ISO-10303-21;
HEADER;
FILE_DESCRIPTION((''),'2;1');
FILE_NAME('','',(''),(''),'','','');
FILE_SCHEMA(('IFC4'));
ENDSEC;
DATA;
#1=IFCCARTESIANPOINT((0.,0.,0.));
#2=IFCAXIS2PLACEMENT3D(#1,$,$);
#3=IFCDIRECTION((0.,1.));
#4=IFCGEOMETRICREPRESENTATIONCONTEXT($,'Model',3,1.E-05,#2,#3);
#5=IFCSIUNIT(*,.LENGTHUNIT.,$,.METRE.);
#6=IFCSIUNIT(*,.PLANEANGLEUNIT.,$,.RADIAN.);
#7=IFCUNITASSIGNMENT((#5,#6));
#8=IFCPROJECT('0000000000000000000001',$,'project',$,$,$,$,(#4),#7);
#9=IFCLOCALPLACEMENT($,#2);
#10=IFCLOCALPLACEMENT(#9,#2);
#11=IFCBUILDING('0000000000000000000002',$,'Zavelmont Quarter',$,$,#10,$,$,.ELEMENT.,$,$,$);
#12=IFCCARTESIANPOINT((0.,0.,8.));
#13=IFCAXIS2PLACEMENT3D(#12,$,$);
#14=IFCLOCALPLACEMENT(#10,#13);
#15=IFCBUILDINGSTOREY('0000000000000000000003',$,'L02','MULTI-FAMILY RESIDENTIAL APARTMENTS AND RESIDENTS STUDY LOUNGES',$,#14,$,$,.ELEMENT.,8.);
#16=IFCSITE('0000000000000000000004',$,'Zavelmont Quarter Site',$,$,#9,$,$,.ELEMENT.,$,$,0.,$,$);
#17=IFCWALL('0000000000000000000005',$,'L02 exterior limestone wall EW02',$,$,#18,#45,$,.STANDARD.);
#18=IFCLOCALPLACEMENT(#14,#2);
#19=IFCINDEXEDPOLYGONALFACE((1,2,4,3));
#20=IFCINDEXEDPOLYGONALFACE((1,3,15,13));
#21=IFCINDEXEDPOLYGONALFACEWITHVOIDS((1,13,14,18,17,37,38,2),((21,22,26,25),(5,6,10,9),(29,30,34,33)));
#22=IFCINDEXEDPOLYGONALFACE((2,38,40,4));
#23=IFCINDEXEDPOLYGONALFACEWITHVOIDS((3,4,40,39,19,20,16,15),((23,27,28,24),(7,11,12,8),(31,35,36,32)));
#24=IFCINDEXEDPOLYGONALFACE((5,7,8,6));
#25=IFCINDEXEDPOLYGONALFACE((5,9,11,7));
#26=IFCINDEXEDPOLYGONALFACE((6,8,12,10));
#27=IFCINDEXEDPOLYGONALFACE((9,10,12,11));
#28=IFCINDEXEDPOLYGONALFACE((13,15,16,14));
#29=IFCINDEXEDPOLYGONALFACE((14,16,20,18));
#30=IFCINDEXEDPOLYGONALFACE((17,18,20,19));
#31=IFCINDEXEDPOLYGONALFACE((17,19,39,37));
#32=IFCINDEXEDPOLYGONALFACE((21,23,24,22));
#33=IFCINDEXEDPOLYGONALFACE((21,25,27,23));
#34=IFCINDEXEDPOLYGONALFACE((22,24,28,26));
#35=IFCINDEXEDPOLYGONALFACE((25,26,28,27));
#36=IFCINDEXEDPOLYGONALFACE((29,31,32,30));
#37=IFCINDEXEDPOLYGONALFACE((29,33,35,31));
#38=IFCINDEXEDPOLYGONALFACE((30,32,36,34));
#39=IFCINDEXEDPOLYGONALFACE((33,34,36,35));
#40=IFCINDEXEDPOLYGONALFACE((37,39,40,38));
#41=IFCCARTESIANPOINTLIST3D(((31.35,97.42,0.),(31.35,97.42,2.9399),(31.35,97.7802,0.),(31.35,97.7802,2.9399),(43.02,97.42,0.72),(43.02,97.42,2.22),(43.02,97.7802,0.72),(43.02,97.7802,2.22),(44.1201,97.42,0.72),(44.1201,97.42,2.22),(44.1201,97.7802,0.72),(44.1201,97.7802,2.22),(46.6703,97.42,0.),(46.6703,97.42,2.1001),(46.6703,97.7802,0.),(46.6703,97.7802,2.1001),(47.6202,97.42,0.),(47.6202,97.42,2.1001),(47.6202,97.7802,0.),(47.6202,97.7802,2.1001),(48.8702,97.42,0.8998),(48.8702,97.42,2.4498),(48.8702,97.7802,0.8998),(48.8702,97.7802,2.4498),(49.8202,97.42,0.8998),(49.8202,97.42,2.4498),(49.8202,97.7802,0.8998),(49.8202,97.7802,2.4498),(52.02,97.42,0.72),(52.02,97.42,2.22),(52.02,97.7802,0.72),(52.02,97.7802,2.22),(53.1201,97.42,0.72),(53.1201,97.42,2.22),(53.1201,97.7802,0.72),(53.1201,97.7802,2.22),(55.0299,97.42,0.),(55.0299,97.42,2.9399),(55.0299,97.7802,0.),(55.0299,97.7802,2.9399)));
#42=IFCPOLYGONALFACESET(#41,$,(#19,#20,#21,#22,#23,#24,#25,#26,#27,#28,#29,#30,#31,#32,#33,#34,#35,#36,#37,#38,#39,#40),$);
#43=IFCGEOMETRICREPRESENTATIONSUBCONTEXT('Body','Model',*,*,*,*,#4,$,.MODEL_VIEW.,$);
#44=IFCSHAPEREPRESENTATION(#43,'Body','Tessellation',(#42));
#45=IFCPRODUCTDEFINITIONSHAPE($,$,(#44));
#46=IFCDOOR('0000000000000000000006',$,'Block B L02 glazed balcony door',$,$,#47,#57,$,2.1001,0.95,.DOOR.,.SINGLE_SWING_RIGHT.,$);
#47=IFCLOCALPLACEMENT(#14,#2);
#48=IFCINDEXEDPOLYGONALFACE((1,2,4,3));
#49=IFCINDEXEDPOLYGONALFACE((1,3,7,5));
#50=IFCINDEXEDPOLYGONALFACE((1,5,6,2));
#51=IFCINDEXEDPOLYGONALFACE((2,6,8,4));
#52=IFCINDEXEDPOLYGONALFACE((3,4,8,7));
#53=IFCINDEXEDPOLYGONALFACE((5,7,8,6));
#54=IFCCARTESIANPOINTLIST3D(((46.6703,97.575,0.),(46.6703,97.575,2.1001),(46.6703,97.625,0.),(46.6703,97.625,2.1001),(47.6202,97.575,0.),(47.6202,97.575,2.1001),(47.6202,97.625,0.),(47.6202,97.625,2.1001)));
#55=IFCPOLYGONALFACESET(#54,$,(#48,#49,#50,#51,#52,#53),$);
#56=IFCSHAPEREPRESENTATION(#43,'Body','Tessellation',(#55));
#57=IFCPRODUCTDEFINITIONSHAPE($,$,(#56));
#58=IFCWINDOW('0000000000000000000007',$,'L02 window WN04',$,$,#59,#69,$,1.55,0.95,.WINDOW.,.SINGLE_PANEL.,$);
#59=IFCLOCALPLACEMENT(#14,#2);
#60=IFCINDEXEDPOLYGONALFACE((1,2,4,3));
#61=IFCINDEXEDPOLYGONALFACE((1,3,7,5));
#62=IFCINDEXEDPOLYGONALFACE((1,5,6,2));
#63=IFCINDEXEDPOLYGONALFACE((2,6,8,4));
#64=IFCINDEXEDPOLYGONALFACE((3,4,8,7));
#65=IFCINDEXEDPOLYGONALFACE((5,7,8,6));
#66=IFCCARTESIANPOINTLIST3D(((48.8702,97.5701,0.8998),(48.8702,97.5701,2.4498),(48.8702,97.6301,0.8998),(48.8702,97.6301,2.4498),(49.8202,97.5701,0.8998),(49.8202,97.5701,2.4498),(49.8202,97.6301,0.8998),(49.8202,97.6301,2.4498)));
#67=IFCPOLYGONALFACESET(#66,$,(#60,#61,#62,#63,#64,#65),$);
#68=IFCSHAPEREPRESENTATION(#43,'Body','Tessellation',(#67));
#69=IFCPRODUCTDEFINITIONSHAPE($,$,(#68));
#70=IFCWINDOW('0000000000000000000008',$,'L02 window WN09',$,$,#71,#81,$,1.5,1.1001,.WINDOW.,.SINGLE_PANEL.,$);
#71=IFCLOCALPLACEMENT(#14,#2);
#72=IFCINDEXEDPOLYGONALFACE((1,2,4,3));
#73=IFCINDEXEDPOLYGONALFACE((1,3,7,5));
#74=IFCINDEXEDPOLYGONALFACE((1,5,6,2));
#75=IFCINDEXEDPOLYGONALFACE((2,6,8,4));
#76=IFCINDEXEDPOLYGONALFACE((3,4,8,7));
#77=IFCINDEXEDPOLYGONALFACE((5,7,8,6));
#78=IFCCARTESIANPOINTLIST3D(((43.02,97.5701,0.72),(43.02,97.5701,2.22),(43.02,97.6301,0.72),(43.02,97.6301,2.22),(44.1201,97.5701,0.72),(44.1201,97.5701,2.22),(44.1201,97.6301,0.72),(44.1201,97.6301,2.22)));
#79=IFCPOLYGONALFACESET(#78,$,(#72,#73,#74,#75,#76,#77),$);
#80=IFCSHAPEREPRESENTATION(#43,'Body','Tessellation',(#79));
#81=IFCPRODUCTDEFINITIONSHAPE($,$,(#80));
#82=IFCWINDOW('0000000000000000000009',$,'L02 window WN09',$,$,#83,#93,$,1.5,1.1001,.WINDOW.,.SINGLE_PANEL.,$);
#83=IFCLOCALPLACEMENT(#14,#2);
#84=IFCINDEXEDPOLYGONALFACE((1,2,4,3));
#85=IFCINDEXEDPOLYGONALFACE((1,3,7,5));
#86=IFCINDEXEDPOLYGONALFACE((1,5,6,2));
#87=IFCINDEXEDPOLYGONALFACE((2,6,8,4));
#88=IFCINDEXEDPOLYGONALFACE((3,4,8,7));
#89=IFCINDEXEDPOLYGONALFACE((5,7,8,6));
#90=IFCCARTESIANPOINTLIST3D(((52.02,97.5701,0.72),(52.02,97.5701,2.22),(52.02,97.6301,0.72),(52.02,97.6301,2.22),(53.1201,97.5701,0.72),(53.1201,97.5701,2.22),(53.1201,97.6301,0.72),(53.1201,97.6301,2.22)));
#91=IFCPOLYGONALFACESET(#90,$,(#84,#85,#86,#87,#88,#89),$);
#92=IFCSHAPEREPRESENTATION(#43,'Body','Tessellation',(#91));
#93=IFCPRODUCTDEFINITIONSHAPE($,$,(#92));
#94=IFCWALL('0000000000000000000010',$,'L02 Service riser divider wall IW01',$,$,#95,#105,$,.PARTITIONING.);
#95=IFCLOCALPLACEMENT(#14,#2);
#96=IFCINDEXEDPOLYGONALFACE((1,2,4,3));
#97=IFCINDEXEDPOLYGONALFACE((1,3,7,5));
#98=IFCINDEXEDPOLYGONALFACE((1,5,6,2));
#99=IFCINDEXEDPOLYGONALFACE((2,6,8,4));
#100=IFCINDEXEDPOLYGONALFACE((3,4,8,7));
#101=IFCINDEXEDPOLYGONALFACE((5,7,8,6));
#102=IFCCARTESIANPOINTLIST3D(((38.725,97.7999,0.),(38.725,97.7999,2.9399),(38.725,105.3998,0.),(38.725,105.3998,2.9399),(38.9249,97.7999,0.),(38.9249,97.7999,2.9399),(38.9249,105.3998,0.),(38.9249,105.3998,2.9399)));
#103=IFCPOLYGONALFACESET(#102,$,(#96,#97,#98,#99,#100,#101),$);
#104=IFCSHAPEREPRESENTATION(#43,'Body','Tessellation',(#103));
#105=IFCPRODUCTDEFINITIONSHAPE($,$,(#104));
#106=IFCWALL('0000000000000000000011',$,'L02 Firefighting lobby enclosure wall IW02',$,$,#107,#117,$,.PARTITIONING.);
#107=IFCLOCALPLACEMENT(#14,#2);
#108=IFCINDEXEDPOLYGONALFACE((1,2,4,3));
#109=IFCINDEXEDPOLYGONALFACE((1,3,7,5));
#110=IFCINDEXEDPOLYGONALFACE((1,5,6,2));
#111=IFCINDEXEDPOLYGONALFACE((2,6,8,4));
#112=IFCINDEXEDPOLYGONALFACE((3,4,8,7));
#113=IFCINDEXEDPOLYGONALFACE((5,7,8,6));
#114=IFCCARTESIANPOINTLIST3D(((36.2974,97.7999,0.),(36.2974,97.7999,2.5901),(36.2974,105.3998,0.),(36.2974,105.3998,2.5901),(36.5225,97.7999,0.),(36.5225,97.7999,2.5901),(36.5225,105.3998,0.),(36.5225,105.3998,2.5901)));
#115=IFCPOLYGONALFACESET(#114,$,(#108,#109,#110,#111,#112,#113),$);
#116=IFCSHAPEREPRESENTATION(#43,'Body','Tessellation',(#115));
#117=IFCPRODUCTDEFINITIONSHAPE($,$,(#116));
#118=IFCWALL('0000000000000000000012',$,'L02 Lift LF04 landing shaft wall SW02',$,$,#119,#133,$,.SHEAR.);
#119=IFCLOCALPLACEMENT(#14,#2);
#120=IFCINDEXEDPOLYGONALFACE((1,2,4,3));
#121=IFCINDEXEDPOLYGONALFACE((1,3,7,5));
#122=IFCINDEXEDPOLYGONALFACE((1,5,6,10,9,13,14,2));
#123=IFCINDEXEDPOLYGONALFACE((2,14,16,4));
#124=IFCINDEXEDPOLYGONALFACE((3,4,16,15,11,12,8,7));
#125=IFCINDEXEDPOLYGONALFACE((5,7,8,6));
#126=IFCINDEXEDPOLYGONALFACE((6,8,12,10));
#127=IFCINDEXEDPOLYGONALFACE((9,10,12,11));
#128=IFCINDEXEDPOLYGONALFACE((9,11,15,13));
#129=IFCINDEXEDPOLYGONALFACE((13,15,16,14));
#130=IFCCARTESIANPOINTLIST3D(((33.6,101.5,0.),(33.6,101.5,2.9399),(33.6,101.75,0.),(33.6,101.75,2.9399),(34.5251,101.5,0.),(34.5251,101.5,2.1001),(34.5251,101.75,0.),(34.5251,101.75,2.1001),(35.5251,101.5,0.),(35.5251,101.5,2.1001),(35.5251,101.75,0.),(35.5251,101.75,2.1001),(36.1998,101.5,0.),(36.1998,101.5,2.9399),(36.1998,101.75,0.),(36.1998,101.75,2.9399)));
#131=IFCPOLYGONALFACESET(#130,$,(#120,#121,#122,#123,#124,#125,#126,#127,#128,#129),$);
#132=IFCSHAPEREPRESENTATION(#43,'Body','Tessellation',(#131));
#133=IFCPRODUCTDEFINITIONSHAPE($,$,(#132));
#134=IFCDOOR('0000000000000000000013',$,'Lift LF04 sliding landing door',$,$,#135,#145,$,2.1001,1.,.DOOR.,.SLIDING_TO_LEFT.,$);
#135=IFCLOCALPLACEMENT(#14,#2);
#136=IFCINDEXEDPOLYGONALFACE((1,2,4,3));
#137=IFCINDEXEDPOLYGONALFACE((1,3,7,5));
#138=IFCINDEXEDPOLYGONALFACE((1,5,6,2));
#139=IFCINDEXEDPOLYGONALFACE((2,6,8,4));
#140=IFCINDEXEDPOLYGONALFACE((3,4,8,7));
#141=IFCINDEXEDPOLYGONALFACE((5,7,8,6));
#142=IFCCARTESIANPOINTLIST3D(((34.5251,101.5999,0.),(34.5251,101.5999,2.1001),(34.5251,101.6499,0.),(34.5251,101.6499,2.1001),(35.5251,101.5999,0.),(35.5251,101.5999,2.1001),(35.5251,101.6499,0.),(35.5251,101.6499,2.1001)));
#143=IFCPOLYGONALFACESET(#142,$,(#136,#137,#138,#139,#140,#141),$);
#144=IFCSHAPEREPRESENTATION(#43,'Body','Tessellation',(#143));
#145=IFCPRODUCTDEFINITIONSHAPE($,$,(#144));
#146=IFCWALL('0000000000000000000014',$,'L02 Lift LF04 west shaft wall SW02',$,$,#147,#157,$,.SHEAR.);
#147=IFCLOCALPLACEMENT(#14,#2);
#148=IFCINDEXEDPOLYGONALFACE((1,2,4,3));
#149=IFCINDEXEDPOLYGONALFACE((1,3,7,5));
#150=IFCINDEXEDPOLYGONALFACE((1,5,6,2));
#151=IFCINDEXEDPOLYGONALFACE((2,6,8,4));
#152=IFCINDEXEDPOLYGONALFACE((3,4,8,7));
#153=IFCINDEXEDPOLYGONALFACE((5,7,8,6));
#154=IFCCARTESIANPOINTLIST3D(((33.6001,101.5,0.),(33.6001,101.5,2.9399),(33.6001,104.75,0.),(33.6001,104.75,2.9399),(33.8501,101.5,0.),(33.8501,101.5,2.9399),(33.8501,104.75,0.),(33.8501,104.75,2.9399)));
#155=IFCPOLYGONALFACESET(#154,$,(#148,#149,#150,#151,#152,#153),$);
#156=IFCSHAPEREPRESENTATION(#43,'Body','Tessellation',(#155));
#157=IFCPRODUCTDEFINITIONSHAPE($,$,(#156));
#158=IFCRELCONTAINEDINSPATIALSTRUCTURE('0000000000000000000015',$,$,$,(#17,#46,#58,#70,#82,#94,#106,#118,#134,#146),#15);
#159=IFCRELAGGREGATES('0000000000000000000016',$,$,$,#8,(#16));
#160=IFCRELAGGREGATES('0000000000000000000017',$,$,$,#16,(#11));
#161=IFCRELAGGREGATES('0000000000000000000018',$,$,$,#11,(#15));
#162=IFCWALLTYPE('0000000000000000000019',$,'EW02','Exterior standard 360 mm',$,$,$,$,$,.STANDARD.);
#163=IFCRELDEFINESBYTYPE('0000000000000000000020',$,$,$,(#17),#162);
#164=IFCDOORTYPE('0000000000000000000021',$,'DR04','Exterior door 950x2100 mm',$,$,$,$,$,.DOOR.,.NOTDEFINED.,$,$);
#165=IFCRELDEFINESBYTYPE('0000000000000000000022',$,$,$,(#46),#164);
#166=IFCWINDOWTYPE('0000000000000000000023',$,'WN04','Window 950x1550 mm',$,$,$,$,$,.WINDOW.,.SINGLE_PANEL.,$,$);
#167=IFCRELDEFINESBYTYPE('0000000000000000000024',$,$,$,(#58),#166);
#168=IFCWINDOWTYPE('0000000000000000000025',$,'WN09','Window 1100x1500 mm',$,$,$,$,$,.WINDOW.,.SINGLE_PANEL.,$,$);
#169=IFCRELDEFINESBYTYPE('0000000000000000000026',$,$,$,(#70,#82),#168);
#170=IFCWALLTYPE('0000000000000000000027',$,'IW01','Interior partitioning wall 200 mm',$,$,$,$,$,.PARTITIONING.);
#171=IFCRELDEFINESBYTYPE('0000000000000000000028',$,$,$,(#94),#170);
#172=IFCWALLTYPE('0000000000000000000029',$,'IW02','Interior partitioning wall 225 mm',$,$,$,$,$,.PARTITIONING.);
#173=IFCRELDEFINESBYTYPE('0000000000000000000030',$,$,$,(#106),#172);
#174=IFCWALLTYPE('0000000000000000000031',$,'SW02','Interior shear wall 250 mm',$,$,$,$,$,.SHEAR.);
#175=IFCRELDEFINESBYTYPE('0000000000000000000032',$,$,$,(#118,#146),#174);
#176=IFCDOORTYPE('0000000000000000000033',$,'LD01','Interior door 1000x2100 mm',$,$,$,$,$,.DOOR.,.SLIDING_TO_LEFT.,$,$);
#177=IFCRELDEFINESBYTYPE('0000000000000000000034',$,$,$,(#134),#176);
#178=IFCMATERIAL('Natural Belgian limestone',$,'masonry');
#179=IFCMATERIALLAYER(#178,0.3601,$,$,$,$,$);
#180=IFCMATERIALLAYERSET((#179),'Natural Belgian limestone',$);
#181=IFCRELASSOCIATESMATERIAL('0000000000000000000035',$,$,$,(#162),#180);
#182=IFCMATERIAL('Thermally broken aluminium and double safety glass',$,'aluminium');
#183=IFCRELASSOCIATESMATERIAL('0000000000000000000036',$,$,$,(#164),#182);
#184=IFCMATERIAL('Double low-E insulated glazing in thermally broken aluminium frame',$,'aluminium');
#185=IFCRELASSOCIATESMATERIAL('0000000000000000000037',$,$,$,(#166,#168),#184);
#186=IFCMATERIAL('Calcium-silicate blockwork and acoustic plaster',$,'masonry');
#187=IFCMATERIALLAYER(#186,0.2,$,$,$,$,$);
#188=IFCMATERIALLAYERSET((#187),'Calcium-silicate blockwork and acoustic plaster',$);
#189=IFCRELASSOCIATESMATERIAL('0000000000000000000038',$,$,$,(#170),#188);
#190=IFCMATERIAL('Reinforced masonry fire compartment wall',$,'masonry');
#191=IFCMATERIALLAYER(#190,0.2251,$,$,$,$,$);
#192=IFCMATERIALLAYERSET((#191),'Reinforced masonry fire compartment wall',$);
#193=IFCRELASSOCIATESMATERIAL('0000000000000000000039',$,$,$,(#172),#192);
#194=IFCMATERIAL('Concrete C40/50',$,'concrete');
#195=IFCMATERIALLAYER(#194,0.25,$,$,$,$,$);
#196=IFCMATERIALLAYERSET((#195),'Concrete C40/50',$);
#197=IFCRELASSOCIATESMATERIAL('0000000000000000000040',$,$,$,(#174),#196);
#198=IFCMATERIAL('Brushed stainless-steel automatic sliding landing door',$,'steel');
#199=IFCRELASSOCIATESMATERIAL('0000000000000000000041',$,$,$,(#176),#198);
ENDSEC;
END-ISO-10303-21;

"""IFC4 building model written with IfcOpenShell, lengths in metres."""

from ifc_helpers import new_model, si_unit, direction, frame, frame_2d, origin, origin_with_axes, place, context, subcontext, project, spatial, rectangle, extrude, material, layer, layer_set, type_object, element, fill, save


model = new_model("IFC4")

# Units and contexts
model_context = context("Model", 3, precision=1e-05, world=origin(), true_north=direction((0.0, 1.0)))
body_context = subcontext(model_context, "Body", "Model", "MODEL_VIEW")
ifc_project = project(units=[si_unit("LENGTHUNIT", "METRE"), si_unit("PLANEANGLEUNIT", "RADIAN")], contexts=[model_context])

# Site, building, storey
site_placement = place(None, origin())
site = spatial("IfcSite", under=ifc_project, at=site_placement, Name="Zavelmont Quarter Site", CompositionType="ELEMENT", RefElevation=0.0)
building_placement = place(site_placement, origin())
building = spatial("IfcBuilding", under=site, at=building_placement, Name="Zavelmont Quarter", CompositionType="ELEMENT")
storey_placement = place(building_placement, frame((0.0, 0.0, 8.0)))
storey = spatial("IfcBuildingStorey", under=building, at=storey_placement, Name="L02", Description="MULTI-FAMILY RESIDENTIAL APARTMENTS AND RESIDENTS STUDY LOUNGES", CompositionType="ELEMENT", Elevation=8.0)

# Shared definitions
ifc_material_1 = material(Name="Concrete C40/50", Category="concrete")

# Wall, openings, door, windows
ifc_material_2 = material(Name="Natural Belgian limestone", Category="masonry")
ifc_layer_1 = layer(ifc_material_2, 0.3601)
ifc_layer_set_1 = layer_set([ifc_layer_1], Name="Natural Belgian limestone")
wall_type_1 = type_object("IfcWallType", Name="EW02", Description="Exterior standard 360 mm", PredefinedType="STANDARD", material=ifc_layer_set_1)
wall_1_placement = place(storey_placement, frame((31.3501, 97.6001, 0.0), z_axis=(0.0, 0.0, 1.0), x_axis=(1.0, 0.0, 0.0)))
wall_1 = element("IfcWall", 1, at=wall_1_placement, inside=storey, type_object=wall_type_1, Name="L02 exterior limestone wall EW02", PredefinedType="STANDARD", context=body_context, shape_type="SweptSolid", body=[
    extrude(rectangle(XDim=23.6799, YDim=0.3601, at=frame_2d((11.8398, 0.0))), origin(), (0.0, 0.0, 1.0), 2.9399),
])
opening_1_placement = place(wall_1_placement, frame((15.3201, 0.0, 0.0)))
opening_1 = element("IfcOpeningElement", 2, at=opening_1_placement, cuts=wall_1, PredefinedType="OPENING", context=body_context, shape_type="SweptSolid", body=[
    extrude(rectangle(XDim=0.95, YDim=2.1001, at=frame_2d((0.4751, 1.05))), frame((0.0, 0.1919, 0.0), z_axis=(0.0, -1.0, 0.0), x_axis=(1.0, 0.0, 0.0)), (0.0, 0.0, 1.0), 0.384),
])
opening_2_placement = place(wall_1_placement, frame((11.6699, 0.0, 0.72)))
opening_2 = element("IfcOpeningElement", 3, at=opening_2_placement, cuts=wall_1, PredefinedType="OPENING", context=body_context, shape_type="SweptSolid", body=[
    extrude(rectangle(XDim=1.1001, YDim=1.5, at=frame_2d((0.55, 0.75))), frame((0.0, 0.1919, 0.0), z_axis=(0.0, -1.0, 0.0), x_axis=(1.0, 0.0, 0.0)), (0.0, 0.0, 1.0), 0.384),
])
opening_3_placement = place(wall_1_placement, frame((17.52, 0.0, 0.8999)))
opening_3 = element("IfcOpeningElement", 4, at=opening_3_placement, cuts=wall_1, PredefinedType="OPENING", context=body_context, shape_type="SweptSolid", body=[
    extrude(rectangle(XDim=0.95, YDim=1.55, at=frame_2d((0.4751, 0.7749))), frame((0.0, 0.1919, 0.0), z_axis=(0.0, -1.0, 0.0), x_axis=(1.0, 0.0, 0.0)), (0.0, 0.0, 1.0), 0.384),
])
opening_4_placement = place(wall_1_placement, frame((20.6699, 0.0, 0.72)))
opening_4 = element("IfcOpeningElement", 5, at=opening_4_placement, cuts=wall_1, PredefinedType="OPENING", context=body_context, shape_type="SweptSolid", body=[
    extrude(rectangle(XDim=1.1001, YDim=1.5, at=frame_2d((0.55, 0.75))), frame((0.0, 0.1919, 0.0), z_axis=(0.0, -1.0, 0.0), x_axis=(1.0, 0.0, 0.0)), (0.0, 0.0, 1.0), 0.384),
])
ifc_material_3 = material(Name="Thermally broken aluminium and double safety glass", Category="aluminium")
door_type_1 = type_object("IfcDoorType", Name="DR04", Description="Exterior door 950x2100 mm", OperationType="NOTDEFINED", PredefinedType="DOOR", material=ifc_material_3)
door_1_placement = place(opening_1_placement, origin_with_axes())
door_1 = element("IfcDoor", 6, at=door_1_placement, inside=storey, type_object=door_type_1, Name="Block B L02 glazed balcony door", OperationType="SINGLE_SWING_RIGHT", OverallHeight=2.1001, OverallWidth=0.95, PredefinedType="DOOR", context=body_context, shape_type="SweptSolid", body=[
    extrude(rectangle(XDim=0.95, YDim=2.1001, at=frame_2d((0.4751, 1.05))), frame((0.0, 0.0249, 0.0), z_axis=(0.0, -1.0, 0.0), x_axis=(1.0, 0.0, 0.0)), (0.0, 0.0, 1.0), 0.05),
])
fill(opening_1, door_1)
ifc_material_4 = material(Name="Double low-E insulated glazing in thermally broken aluminium frame", Category="aluminium")
window_type_1 = type_object("IfcWindowType", Name="WN04", Description="Window 950x1550 mm", PartitioningType="SINGLE_PANEL", PredefinedType="WINDOW", material=ifc_material_4)
window_1_placement = place(opening_3_placement, origin_with_axes())
window_1 = element("IfcWindow", 7, at=window_1_placement, inside=storey, type_object=window_type_1, Name="L02 window WN04", OverallHeight=1.55, OverallWidth=0.95, PartitioningType="SINGLE_PANEL", PredefinedType="WINDOW", context=body_context, shape_type="SweptSolid", body=[
    extrude(rectangle(XDim=0.95, YDim=1.55, at=frame_2d((0.4751, 0.7749))), frame((0.0, 0.03, 0.0), z_axis=(0.0, -1.0, 0.0), x_axis=(1.0, 0.0, 0.0)), (0.0, 0.0, 1.0), 0.0601),
])
fill(opening_3, window_1)
window_type_2 = type_object("IfcWindowType", Name="WN09", Description="Window 1100x1500 mm", PartitioningType="SINGLE_PANEL", PredefinedType="WINDOW", material=ifc_material_4)
window_2_placement = place(opening_2_placement, origin_with_axes())
window_2 = element("IfcWindow", 8, at=window_2_placement, inside=storey, type_object=window_type_2, Name="L02 window WN09", OverallHeight=1.5, OverallWidth=1.1001, PartitioningType="SINGLE_PANEL", PredefinedType="WINDOW", context=body_context, shape_type="SweptSolid", body=[
    extrude(rectangle(XDim=1.1001, YDim=1.5, at=frame_2d((0.55, 0.75))), frame((0.0, 0.03, 0.0), z_axis=(0.0, -1.0, 0.0), x_axis=(1.0, 0.0, 0.0)), (0.0, 0.0, 1.0), 0.0601),
])
fill(opening_2, window_2)
window_3_placement = place(opening_4_placement, origin_with_axes())
window_3 = element("IfcWindow", 9, at=window_3_placement, inside=storey, type_object=window_type_2, Name="L02 window WN09", OverallHeight=1.5, OverallWidth=1.1001, PartitioningType="SINGLE_PANEL", PredefinedType="WINDOW", context=body_context, shape_type="SweptSolid", body=[
    extrude(rectangle(XDim=1.1001, YDim=1.5, at=frame_2d((0.55, 0.75))), frame((0.0, 0.03, 0.0), z_axis=(0.0, -1.0, 0.0), x_axis=(1.0, 0.0, 0.0)), (0.0, 0.0, 1.0), 0.0601),
])
fill(opening_4, window_3)

# Walls
ifc_material_5 = material(Name="Calcium-silicate blockwork and acoustic plaster", Category="masonry")
ifc_layer_2 = layer(ifc_material_5, 0.2)
ifc_layer_set_2 = layer_set([ifc_layer_2], Name="Calcium-silicate blockwork and acoustic plaster")
wall_type_2 = type_object("IfcWallType", Name="IW01", Description="Interior partitioning wall 200 mm", PredefinedType="PARTITIONING", material=ifc_layer_set_2)
wall_2_placement = place(storey_placement, frame((38.825, 97.8, 0.0), z_axis=(0.0, 0.0, 1.0), x_axis=(0.0, 1.0, 0.0)))
element("IfcWall", 10, at=wall_2_placement, inside=storey, type_object=wall_type_2, Name="L02 Service riser divider wall IW01", PredefinedType="PARTITIONING", context=body_context, shape_type="SweptSolid", body=[
    extrude(rectangle(XDim=7.5999, YDim=0.2, at=frame_2d((3.7998, 0.0))), origin(), (0.0, 0.0, 1.0), 2.9399),
])
ifc_material_6 = material(Name="Reinforced masonry fire compartment wall", Category="masonry")
ifc_layer_3 = layer(ifc_material_6, 0.2251)
ifc_layer_set_3 = layer_set([ifc_layer_3], Name="Reinforced masonry fire compartment wall")
wall_type_3 = type_object("IfcWallType", Name="IW02", Description="Interior partitioning wall 225 mm", PredefinedType="PARTITIONING", material=ifc_layer_set_3)
wall_3_placement = place(storey_placement, frame((36.4099, 97.8, 0.0), z_axis=(0.0, 0.0, 1.0), x_axis=(0.0, 1.0, 0.0)))
element("IfcWall", 11, at=wall_3_placement, inside=storey, type_object=wall_type_3, Name="L02 Firefighting lobby enclosure wall IW02", PredefinedType="PARTITIONING", context=body_context, shape_type="SweptSolid", body=[
    extrude(rectangle(XDim=7.5999, YDim=0.2251, at=frame_2d((3.7998, 0.0))), origin(), (0.0, 0.0, 1.0), 2.5901),
])

# Wall, opening, door
ifc_layer_4 = layer(ifc_material_1, 0.25)
ifc_layer_set_4 = layer_set([ifc_layer_4], Name="Concrete C40/50")
wall_type_4 = type_object("IfcWallType", Name="SW02", Description="Interior shear wall 250 mm", PredefinedType="SHEAR", material=ifc_layer_set_4)
wall_4_placement = place(storey_placement, frame((33.6001, 101.625, 0.0), z_axis=(0.0, 0.0, 1.0), x_axis=(1.0, 0.0, 0.0)))
wall_4 = element("IfcWall", 12, at=wall_4_placement, inside=storey, type_object=wall_type_4, Name="L02 Lift LF04 landing shaft wall SW02", PredefinedType="SHEAR", context=body_context, shape_type="SweptSolid", body=[
    extrude(rectangle(XDim=2.5999, YDim=0.25, at=frame_2d((1.2998, 0.0))), origin(), (0.0, 0.0, 1.0), 2.9399),
])
opening_5_placement = place(wall_4_placement, frame((0.925, 0.0, 0.0)))
opening_5 = element("IfcOpeningElement", 13, at=opening_5_placement, cuts=wall_4, PredefinedType="OPENING", context=body_context, shape_type="SweptSolid", body=[
    extrude(rectangle(XDim=1.0, YDim=2.1001, at=frame_2d((0.5, 1.05))), frame((0.0, 0.137, 0.0), z_axis=(0.0, -1.0, 0.0), x_axis=(1.0, 0.0, 0.0)), (0.0, 0.0, 1.0), 0.2739),
])
ifc_material_7 = material(Name="Brushed stainless-steel automatic sliding landing door", Category="steel")
door_type_2 = type_object("IfcDoorType", Name="LD01", Description="Interior door 1000x2100 mm", OperationType="SLIDING_TO_LEFT", PredefinedType="DOOR", material=ifc_material_7)
door_2_placement = place(opening_5_placement, origin_with_axes())
door_2 = element("IfcDoor", 14, at=door_2_placement, inside=storey, type_object=door_type_2, Name="Lift LF04 sliding landing door", OperationType="SLIDING_TO_LEFT", OverallHeight=2.1001, OverallWidth=1.0, PredefinedType="DOOR", context=body_context, shape_type="SweptSolid", body=[
    extrude(rectangle(XDim=1.0, YDim=2.1001, at=frame_2d((0.5, 1.05))), frame((0.0, 0.0249, 0.0), z_axis=(0.0, -1.0, 0.0), x_axis=(1.0, 0.0, 0.0)), (0.0, 0.0, 1.0), 0.05),
])
fill(opening_5, door_2)

# Wall
for number, where, z_axis, x_axis, name in (
    (15, (33.7251, 101.5, 0.0), (0.0, 0.0, 1.0), (0.0, 1.0, 0.0), "L02 Lift LF04 west shaft wall SW02"),
):
    element("IfcWall", number, at=place(storey_placement, frame(where, z_axis=z_axis, x_axis=x_axis)), inside=storey, type_object=wall_type_4, Name=name, PredefinedType="SHEAR", context=body_context, shape_type="SweptSolid", body=[
        extrude(rectangle(XDim=3.25, YDim=0.25, at=frame_2d((1.625, 0.0))), origin(), (0.0, 0.0, 1.0), 2.9399),
    ])

save(model, "model.ifc")
